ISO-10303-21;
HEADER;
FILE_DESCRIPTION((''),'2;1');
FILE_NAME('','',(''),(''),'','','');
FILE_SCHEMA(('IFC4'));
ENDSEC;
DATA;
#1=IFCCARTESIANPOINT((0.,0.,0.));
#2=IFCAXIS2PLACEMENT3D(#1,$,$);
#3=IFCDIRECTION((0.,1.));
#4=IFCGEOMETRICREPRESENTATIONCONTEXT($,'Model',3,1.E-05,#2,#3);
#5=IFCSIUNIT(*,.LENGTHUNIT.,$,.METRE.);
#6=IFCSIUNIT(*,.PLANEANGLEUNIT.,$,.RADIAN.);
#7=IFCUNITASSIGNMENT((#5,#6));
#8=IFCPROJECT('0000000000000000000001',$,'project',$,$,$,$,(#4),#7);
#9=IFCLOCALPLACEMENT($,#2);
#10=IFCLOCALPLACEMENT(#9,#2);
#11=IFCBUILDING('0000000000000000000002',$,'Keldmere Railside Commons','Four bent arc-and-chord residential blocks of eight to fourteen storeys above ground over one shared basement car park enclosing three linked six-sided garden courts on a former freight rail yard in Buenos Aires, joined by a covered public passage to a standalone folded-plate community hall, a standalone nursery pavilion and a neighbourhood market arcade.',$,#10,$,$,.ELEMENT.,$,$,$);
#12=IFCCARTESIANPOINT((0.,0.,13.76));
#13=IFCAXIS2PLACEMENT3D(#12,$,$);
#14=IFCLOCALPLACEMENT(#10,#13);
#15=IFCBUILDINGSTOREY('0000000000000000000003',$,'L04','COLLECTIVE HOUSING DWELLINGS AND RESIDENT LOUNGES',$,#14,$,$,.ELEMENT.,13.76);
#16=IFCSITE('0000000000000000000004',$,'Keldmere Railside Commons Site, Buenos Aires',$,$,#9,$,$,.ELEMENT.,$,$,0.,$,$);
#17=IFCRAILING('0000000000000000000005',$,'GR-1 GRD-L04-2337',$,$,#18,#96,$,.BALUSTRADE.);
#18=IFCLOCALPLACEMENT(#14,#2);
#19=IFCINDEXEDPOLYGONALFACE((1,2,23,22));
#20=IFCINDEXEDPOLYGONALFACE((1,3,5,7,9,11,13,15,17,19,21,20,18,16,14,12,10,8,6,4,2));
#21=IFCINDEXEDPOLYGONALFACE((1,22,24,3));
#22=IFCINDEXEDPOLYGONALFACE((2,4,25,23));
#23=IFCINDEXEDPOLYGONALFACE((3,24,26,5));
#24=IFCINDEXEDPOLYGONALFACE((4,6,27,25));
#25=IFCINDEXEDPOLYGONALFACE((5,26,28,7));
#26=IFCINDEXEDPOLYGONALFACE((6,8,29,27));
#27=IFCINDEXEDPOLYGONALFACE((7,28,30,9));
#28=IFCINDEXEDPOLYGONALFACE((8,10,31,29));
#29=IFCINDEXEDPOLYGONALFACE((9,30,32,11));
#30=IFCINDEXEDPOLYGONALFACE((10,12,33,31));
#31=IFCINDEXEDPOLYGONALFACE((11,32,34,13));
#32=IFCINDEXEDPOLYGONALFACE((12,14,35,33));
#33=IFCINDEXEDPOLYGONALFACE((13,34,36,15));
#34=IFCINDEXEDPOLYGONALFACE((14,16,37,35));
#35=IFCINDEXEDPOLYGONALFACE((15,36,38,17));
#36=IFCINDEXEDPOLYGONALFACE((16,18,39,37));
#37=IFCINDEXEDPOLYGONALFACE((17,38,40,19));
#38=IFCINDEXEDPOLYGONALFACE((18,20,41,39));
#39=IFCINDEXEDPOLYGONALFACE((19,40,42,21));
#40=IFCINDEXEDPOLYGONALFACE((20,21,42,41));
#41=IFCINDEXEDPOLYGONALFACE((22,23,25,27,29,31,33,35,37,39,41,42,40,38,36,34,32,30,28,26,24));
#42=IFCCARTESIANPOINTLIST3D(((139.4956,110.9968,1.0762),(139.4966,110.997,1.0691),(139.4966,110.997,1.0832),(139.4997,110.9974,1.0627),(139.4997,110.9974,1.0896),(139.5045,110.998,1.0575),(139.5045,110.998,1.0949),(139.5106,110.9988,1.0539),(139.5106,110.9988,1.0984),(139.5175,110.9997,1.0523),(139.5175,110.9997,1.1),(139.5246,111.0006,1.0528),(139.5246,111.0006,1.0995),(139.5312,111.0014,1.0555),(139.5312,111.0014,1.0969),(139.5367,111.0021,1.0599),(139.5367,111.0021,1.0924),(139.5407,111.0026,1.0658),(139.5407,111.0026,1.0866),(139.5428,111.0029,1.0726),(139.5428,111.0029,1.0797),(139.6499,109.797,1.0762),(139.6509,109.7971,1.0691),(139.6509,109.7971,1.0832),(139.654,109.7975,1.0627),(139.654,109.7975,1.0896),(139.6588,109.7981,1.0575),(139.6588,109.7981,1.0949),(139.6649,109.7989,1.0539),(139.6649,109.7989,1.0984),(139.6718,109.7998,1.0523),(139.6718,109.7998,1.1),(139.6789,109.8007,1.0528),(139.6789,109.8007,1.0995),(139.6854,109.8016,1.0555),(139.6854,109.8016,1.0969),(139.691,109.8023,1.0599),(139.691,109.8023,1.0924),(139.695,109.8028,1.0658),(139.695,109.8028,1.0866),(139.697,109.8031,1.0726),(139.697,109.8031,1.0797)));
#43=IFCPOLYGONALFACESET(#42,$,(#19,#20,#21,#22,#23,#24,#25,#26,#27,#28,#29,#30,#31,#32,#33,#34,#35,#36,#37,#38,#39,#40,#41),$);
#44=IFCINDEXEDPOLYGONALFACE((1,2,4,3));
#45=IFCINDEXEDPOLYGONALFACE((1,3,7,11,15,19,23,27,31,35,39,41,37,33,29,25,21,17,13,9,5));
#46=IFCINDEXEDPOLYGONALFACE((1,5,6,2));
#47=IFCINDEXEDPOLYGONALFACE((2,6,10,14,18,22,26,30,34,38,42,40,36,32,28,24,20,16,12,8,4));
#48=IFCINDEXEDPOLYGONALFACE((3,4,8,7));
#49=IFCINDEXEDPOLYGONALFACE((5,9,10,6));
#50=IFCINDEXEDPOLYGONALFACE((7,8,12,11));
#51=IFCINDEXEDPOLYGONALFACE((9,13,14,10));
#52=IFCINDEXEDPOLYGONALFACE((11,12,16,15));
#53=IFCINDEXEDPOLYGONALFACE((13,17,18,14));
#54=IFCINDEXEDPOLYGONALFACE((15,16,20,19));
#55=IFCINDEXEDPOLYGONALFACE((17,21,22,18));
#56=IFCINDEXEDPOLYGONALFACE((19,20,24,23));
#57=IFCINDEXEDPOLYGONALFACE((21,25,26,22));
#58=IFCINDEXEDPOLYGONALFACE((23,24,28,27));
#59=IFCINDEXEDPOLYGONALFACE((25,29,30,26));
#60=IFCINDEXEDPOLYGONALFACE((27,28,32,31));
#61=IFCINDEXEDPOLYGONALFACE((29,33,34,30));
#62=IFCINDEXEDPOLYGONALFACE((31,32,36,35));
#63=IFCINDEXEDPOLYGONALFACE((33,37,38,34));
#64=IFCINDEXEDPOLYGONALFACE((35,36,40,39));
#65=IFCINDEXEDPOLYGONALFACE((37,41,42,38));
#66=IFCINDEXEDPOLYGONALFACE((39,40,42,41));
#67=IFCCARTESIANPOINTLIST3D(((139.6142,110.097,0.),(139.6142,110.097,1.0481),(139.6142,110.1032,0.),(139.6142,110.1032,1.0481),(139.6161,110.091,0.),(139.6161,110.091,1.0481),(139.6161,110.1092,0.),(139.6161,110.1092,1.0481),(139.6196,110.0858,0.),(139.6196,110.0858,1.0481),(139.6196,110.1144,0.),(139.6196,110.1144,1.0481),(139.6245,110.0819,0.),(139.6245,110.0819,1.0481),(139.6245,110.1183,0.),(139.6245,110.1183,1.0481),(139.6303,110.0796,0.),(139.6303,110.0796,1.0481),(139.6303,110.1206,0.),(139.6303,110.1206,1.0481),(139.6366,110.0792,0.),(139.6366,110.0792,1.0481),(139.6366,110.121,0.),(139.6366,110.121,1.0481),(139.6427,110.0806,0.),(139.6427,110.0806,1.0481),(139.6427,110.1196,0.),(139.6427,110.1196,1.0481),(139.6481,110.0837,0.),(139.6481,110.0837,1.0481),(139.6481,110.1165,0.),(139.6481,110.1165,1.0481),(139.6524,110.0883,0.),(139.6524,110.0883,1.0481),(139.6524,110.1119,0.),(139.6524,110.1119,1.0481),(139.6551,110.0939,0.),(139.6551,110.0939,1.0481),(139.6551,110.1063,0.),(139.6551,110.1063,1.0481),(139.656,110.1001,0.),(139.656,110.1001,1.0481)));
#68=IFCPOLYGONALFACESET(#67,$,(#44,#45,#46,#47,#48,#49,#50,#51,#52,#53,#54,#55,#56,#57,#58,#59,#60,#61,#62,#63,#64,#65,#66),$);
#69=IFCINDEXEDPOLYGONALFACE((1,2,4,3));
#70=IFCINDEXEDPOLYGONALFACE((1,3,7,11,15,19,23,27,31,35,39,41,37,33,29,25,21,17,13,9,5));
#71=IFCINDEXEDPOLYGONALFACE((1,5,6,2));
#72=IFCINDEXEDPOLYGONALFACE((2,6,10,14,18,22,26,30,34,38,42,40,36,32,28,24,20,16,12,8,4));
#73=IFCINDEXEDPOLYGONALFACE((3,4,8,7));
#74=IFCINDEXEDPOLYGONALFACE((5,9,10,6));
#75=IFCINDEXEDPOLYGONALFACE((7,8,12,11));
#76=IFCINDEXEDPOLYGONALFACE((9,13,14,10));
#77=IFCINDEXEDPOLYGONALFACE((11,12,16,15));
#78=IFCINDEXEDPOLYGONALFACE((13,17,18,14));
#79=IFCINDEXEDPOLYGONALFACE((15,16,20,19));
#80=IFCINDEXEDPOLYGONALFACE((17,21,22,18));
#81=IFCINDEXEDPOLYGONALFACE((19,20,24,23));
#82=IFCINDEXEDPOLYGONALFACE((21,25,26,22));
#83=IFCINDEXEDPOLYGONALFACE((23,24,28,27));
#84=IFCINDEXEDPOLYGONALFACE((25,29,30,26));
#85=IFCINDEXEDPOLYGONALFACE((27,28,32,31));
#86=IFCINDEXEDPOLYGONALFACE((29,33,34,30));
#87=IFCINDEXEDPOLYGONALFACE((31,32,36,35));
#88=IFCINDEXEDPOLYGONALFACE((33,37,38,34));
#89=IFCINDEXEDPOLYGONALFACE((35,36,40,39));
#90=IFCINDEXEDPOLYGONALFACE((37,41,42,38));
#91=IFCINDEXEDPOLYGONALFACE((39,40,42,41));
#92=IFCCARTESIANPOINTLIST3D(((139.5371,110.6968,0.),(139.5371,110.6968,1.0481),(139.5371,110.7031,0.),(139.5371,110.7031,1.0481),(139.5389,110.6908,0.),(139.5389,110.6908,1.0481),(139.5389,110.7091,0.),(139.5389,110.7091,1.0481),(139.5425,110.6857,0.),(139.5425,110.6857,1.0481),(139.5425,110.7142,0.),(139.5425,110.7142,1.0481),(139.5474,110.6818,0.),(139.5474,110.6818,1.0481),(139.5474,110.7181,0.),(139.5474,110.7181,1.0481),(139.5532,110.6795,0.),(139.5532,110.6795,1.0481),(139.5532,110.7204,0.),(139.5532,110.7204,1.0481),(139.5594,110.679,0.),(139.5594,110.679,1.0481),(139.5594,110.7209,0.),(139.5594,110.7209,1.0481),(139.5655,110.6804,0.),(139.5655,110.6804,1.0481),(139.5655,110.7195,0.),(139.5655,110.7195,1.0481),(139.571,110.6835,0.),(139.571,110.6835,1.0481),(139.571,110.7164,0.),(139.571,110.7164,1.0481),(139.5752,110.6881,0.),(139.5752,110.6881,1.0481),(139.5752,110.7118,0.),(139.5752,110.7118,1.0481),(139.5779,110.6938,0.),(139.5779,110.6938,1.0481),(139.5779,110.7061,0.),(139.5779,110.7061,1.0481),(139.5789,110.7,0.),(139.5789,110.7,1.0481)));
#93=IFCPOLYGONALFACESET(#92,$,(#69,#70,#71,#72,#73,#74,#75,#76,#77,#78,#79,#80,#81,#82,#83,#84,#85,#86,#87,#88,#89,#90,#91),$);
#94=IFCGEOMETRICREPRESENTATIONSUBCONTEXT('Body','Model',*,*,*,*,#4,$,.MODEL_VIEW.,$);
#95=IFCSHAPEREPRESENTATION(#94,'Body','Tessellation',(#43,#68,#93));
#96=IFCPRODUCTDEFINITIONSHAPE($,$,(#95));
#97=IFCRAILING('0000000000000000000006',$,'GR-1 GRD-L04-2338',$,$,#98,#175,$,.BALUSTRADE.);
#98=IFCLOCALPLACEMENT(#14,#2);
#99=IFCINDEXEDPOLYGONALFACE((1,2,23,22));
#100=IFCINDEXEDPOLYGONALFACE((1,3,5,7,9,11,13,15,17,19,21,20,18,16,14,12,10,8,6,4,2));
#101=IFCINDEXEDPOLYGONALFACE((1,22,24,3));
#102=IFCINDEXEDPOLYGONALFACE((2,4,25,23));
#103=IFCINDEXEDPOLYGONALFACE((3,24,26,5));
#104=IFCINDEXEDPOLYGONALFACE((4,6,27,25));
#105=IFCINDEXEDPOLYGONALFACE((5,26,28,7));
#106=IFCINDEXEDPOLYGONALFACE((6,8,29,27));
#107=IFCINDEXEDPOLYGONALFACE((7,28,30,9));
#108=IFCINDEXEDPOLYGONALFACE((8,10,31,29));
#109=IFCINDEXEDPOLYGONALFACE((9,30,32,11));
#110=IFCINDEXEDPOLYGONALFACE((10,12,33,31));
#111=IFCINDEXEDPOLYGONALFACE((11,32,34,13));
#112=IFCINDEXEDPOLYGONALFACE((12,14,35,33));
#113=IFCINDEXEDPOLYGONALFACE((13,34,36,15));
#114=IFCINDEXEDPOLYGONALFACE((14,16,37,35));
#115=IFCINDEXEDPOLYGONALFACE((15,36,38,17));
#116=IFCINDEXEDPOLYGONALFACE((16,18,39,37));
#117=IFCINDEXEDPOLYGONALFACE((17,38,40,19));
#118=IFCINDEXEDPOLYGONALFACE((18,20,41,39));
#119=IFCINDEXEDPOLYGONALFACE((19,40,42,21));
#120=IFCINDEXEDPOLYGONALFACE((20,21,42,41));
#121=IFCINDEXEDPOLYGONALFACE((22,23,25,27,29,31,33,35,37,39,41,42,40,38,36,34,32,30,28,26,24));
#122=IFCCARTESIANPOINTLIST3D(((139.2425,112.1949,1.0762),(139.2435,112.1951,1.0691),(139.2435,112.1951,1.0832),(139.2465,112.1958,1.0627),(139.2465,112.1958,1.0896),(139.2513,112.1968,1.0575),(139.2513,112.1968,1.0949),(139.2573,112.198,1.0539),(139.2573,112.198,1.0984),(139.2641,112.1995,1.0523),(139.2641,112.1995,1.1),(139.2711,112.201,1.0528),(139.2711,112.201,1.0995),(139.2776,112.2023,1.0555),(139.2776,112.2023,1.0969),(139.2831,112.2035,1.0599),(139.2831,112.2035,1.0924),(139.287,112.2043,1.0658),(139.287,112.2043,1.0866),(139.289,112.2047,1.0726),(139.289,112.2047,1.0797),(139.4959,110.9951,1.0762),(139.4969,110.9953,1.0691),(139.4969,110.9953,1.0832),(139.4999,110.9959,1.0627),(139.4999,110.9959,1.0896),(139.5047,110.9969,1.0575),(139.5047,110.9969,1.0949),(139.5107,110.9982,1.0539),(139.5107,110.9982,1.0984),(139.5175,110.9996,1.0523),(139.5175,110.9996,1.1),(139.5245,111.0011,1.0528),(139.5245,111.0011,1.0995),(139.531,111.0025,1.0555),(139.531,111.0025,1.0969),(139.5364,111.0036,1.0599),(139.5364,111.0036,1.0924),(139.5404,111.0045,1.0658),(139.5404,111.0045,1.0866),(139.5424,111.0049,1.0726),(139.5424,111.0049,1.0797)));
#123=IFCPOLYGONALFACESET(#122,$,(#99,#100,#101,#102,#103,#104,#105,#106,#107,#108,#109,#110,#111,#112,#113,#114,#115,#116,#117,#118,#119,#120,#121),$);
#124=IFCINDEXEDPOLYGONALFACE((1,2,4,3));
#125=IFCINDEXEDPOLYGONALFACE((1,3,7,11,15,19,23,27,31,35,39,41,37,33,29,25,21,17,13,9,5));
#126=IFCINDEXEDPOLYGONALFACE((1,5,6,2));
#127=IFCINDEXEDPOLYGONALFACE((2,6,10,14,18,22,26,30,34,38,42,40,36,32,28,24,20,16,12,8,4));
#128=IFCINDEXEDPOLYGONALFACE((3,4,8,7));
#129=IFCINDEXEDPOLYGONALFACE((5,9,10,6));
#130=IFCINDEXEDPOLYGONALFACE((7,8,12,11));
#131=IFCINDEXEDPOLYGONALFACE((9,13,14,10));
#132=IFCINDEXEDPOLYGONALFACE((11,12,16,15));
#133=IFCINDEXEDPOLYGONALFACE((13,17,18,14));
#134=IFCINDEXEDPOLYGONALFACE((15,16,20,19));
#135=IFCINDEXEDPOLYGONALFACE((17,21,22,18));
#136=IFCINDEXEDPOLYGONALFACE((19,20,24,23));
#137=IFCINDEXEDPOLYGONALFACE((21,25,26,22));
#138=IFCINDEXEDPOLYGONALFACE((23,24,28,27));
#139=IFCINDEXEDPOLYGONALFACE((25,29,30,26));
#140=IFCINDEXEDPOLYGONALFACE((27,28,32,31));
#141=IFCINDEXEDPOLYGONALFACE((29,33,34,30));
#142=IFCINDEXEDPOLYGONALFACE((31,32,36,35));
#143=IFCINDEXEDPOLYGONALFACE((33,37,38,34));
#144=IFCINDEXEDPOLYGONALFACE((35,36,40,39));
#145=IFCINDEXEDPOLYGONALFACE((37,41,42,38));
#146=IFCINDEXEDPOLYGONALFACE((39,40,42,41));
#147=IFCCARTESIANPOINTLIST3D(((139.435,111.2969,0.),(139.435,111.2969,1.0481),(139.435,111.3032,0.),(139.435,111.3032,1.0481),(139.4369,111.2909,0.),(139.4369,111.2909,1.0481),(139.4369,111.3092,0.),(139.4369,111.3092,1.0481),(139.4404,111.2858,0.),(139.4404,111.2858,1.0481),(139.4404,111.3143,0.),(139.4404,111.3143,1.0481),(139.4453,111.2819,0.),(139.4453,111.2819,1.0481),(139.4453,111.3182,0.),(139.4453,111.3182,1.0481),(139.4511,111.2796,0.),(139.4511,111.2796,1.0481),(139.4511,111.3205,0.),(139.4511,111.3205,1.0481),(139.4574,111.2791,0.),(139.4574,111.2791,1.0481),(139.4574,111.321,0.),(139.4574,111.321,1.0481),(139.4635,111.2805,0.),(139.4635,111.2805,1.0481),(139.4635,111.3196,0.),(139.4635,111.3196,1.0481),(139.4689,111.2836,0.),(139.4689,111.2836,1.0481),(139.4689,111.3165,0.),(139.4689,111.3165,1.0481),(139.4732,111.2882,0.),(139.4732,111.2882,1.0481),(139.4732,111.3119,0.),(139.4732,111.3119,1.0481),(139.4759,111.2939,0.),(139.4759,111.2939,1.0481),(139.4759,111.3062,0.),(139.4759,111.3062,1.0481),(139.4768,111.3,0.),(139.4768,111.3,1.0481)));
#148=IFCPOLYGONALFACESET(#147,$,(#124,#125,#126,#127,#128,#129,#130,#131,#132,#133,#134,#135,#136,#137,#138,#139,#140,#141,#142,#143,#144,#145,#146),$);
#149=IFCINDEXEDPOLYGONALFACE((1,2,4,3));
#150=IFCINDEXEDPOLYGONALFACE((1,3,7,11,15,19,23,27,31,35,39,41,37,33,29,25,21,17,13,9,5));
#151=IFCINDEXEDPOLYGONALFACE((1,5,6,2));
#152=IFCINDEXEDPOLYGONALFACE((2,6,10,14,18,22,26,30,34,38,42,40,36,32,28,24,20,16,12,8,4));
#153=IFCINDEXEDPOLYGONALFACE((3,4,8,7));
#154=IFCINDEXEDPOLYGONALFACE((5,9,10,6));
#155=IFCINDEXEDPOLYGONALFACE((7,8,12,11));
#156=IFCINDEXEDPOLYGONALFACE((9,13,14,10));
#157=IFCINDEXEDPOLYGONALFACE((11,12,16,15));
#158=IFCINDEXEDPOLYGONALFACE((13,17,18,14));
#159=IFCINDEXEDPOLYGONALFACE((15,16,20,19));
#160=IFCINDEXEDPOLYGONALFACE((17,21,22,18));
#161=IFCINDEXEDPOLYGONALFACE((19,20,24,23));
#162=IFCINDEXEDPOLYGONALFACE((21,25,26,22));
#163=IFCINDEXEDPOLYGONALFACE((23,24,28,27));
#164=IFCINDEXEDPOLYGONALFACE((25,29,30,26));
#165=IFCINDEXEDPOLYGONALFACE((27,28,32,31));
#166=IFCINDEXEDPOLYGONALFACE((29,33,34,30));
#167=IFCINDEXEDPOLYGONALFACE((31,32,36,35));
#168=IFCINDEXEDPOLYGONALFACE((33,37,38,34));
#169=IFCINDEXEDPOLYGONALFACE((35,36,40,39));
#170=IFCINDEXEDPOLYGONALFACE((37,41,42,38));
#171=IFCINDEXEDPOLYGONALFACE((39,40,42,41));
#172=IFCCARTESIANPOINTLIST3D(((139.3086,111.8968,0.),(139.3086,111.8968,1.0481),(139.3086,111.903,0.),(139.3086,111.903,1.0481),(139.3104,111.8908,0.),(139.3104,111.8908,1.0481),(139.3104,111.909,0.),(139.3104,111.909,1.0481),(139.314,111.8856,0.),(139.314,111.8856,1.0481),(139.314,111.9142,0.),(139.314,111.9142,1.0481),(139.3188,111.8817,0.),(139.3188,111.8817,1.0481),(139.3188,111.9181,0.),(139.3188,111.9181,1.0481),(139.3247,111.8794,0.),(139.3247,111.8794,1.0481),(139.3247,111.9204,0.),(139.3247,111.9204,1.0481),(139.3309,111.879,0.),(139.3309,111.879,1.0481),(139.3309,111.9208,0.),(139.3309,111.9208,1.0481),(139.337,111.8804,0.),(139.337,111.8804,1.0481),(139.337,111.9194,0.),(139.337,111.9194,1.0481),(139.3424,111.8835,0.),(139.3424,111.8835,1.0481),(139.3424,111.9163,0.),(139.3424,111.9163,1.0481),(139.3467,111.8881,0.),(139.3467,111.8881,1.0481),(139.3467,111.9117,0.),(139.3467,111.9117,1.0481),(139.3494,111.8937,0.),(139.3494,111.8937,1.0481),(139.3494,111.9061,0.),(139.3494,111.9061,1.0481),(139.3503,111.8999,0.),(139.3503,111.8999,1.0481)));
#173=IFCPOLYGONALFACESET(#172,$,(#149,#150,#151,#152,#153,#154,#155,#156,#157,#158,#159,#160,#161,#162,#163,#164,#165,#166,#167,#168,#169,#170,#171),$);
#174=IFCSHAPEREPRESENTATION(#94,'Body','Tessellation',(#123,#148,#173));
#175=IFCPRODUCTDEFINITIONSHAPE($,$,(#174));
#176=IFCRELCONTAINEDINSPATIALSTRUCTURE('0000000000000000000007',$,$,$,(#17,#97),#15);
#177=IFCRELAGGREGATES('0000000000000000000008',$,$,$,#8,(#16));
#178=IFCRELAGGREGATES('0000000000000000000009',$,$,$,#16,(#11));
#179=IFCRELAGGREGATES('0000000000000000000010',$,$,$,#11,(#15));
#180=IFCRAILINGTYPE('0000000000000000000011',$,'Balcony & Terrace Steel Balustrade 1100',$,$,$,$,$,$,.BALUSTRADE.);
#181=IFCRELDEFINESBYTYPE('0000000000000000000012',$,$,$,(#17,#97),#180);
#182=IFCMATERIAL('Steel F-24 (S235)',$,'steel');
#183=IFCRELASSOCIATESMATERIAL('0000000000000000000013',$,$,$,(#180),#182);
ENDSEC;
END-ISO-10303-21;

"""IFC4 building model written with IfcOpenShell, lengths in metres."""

from ifc_helpers import new_model, si_unit, direction, frame, origin, origin_2d, place, context, subcontext, project, spatial, circle, extrude, material, type_object, element, save


model = new_model("IFC4")

# Units and contexts
model_context = context("Model", 3, precision=1e-05, world=origin(), true_north=direction((0.0, 1.0)))
body_context = subcontext(model_context, "Body", "Model", "MODEL_VIEW")
ifc_project = project(units=[si_unit("LENGTHUNIT", "METRE"), si_unit("PLANEANGLEUNIT", "RADIAN")], contexts=[model_context])

# Site, building, storey
site_placement = place(None, origin())
site = spatial("IfcSite", under=ifc_project, at=site_placement, Name="Keldmere Railside Commons Site, Buenos Aires", CompositionType="ELEMENT", RefElevation=0.0)
building_placement = place(site_placement, origin())
building = spatial("IfcBuilding", under=site, at=building_placement, Name="Keldmere Railside Commons", Description="Four bent arc-and-chord residential blocks of eight to fourteen storeys above ground over one shared basement car park enclosing three linked six-sided garden courts on a former freight rail yard in Buenos Aires, joined by a covered public passage to a standalone folded-plate community hall, a standalone nursery pavilion and a neighbourhood market arcade.", CompositionType="ELEMENT")
storey_placement = place(building_placement, frame((0.0, 0.0, 13.76)))
storey = spatial("IfcBuildingStorey", under=building, at=storey_placement, Name="L04", Description="COLLECTIVE HOUSING DWELLINGS AND RESIDENT LOUNGES", CompositionType="ELEMENT", Elevation=13.76)

# Shared definitions
ifc_material_1 = material(Name="Steel F-24 (S235)", Category="steel")

# Railings
railing_type = type_object("IfcRailingType", Name="Balcony & Terrace Steel Balustrade 1100", PredefinedType="BALUSTRADE", material=ifc_material_1)
railing_1_placement = place(storey_placement, frame((139.6736, 109.8, 0.0)))
element("IfcRailing", 1, at=railing_1_placement, inside=storey, type_object=railing_type, Name="GR-1 GRD-L04-2337", PredefinedType="BALUSTRADE", context=body_context, shape_type="SweptSolid", body=[
    extrude(circle(Radius=0.0239, at=origin_2d()), frame((0.0, 0.0, 1.0762), z_axis=(-0.127536, 0.991834, 0.0), x_axis=(-0.991834, -0.127536, 0.0)), (0.0, 0.0, 1.0), 1.2097),
    extrude(circle(Radius=0.021, at=origin_2d()), frame((-0.0386, 0.3, 0.0)), (0.0, 0.0, 1.0), 1.0481),
    extrude(circle(Radius=0.021, at=origin_2d()), frame((-0.1157, 0.8999, 0.0)), (0.0, 0.0, 1.0), 1.0481),
])
railing_2_placement = place(storey_placement, frame((139.5193, 111.0, 0.0)))
element("IfcRailing", 2, at=railing_2_placement, inside=storey, type_object=railing_type, Name="GR-1 GRD-L04-2338", PredefinedType="BALUSTRADE", context=body_context, shape_type="SweptSolid", body=[
    extrude(circle(Radius=0.0239, at=origin_2d()), frame((0.0, 0.0, 1.0762), z_axis=(-0.206632, 0.978419, 0.0), x_axis=(-0.978419, -0.206632, 0.0)), (0.0, 0.0, 1.0), 1.2263),
    extrude(circle(Radius=0.021, at=origin_2d()), frame((-0.0635, 0.3, 0.0)), (0.0, 0.0, 1.0), 1.0481),
    extrude(circle(Radius=0.021, at=origin_2d()), frame((-0.1899, 0.8999, 0.0)), (0.0, 0.0, 1.0), 1.0481),
])

save(model, "model.ifc")
